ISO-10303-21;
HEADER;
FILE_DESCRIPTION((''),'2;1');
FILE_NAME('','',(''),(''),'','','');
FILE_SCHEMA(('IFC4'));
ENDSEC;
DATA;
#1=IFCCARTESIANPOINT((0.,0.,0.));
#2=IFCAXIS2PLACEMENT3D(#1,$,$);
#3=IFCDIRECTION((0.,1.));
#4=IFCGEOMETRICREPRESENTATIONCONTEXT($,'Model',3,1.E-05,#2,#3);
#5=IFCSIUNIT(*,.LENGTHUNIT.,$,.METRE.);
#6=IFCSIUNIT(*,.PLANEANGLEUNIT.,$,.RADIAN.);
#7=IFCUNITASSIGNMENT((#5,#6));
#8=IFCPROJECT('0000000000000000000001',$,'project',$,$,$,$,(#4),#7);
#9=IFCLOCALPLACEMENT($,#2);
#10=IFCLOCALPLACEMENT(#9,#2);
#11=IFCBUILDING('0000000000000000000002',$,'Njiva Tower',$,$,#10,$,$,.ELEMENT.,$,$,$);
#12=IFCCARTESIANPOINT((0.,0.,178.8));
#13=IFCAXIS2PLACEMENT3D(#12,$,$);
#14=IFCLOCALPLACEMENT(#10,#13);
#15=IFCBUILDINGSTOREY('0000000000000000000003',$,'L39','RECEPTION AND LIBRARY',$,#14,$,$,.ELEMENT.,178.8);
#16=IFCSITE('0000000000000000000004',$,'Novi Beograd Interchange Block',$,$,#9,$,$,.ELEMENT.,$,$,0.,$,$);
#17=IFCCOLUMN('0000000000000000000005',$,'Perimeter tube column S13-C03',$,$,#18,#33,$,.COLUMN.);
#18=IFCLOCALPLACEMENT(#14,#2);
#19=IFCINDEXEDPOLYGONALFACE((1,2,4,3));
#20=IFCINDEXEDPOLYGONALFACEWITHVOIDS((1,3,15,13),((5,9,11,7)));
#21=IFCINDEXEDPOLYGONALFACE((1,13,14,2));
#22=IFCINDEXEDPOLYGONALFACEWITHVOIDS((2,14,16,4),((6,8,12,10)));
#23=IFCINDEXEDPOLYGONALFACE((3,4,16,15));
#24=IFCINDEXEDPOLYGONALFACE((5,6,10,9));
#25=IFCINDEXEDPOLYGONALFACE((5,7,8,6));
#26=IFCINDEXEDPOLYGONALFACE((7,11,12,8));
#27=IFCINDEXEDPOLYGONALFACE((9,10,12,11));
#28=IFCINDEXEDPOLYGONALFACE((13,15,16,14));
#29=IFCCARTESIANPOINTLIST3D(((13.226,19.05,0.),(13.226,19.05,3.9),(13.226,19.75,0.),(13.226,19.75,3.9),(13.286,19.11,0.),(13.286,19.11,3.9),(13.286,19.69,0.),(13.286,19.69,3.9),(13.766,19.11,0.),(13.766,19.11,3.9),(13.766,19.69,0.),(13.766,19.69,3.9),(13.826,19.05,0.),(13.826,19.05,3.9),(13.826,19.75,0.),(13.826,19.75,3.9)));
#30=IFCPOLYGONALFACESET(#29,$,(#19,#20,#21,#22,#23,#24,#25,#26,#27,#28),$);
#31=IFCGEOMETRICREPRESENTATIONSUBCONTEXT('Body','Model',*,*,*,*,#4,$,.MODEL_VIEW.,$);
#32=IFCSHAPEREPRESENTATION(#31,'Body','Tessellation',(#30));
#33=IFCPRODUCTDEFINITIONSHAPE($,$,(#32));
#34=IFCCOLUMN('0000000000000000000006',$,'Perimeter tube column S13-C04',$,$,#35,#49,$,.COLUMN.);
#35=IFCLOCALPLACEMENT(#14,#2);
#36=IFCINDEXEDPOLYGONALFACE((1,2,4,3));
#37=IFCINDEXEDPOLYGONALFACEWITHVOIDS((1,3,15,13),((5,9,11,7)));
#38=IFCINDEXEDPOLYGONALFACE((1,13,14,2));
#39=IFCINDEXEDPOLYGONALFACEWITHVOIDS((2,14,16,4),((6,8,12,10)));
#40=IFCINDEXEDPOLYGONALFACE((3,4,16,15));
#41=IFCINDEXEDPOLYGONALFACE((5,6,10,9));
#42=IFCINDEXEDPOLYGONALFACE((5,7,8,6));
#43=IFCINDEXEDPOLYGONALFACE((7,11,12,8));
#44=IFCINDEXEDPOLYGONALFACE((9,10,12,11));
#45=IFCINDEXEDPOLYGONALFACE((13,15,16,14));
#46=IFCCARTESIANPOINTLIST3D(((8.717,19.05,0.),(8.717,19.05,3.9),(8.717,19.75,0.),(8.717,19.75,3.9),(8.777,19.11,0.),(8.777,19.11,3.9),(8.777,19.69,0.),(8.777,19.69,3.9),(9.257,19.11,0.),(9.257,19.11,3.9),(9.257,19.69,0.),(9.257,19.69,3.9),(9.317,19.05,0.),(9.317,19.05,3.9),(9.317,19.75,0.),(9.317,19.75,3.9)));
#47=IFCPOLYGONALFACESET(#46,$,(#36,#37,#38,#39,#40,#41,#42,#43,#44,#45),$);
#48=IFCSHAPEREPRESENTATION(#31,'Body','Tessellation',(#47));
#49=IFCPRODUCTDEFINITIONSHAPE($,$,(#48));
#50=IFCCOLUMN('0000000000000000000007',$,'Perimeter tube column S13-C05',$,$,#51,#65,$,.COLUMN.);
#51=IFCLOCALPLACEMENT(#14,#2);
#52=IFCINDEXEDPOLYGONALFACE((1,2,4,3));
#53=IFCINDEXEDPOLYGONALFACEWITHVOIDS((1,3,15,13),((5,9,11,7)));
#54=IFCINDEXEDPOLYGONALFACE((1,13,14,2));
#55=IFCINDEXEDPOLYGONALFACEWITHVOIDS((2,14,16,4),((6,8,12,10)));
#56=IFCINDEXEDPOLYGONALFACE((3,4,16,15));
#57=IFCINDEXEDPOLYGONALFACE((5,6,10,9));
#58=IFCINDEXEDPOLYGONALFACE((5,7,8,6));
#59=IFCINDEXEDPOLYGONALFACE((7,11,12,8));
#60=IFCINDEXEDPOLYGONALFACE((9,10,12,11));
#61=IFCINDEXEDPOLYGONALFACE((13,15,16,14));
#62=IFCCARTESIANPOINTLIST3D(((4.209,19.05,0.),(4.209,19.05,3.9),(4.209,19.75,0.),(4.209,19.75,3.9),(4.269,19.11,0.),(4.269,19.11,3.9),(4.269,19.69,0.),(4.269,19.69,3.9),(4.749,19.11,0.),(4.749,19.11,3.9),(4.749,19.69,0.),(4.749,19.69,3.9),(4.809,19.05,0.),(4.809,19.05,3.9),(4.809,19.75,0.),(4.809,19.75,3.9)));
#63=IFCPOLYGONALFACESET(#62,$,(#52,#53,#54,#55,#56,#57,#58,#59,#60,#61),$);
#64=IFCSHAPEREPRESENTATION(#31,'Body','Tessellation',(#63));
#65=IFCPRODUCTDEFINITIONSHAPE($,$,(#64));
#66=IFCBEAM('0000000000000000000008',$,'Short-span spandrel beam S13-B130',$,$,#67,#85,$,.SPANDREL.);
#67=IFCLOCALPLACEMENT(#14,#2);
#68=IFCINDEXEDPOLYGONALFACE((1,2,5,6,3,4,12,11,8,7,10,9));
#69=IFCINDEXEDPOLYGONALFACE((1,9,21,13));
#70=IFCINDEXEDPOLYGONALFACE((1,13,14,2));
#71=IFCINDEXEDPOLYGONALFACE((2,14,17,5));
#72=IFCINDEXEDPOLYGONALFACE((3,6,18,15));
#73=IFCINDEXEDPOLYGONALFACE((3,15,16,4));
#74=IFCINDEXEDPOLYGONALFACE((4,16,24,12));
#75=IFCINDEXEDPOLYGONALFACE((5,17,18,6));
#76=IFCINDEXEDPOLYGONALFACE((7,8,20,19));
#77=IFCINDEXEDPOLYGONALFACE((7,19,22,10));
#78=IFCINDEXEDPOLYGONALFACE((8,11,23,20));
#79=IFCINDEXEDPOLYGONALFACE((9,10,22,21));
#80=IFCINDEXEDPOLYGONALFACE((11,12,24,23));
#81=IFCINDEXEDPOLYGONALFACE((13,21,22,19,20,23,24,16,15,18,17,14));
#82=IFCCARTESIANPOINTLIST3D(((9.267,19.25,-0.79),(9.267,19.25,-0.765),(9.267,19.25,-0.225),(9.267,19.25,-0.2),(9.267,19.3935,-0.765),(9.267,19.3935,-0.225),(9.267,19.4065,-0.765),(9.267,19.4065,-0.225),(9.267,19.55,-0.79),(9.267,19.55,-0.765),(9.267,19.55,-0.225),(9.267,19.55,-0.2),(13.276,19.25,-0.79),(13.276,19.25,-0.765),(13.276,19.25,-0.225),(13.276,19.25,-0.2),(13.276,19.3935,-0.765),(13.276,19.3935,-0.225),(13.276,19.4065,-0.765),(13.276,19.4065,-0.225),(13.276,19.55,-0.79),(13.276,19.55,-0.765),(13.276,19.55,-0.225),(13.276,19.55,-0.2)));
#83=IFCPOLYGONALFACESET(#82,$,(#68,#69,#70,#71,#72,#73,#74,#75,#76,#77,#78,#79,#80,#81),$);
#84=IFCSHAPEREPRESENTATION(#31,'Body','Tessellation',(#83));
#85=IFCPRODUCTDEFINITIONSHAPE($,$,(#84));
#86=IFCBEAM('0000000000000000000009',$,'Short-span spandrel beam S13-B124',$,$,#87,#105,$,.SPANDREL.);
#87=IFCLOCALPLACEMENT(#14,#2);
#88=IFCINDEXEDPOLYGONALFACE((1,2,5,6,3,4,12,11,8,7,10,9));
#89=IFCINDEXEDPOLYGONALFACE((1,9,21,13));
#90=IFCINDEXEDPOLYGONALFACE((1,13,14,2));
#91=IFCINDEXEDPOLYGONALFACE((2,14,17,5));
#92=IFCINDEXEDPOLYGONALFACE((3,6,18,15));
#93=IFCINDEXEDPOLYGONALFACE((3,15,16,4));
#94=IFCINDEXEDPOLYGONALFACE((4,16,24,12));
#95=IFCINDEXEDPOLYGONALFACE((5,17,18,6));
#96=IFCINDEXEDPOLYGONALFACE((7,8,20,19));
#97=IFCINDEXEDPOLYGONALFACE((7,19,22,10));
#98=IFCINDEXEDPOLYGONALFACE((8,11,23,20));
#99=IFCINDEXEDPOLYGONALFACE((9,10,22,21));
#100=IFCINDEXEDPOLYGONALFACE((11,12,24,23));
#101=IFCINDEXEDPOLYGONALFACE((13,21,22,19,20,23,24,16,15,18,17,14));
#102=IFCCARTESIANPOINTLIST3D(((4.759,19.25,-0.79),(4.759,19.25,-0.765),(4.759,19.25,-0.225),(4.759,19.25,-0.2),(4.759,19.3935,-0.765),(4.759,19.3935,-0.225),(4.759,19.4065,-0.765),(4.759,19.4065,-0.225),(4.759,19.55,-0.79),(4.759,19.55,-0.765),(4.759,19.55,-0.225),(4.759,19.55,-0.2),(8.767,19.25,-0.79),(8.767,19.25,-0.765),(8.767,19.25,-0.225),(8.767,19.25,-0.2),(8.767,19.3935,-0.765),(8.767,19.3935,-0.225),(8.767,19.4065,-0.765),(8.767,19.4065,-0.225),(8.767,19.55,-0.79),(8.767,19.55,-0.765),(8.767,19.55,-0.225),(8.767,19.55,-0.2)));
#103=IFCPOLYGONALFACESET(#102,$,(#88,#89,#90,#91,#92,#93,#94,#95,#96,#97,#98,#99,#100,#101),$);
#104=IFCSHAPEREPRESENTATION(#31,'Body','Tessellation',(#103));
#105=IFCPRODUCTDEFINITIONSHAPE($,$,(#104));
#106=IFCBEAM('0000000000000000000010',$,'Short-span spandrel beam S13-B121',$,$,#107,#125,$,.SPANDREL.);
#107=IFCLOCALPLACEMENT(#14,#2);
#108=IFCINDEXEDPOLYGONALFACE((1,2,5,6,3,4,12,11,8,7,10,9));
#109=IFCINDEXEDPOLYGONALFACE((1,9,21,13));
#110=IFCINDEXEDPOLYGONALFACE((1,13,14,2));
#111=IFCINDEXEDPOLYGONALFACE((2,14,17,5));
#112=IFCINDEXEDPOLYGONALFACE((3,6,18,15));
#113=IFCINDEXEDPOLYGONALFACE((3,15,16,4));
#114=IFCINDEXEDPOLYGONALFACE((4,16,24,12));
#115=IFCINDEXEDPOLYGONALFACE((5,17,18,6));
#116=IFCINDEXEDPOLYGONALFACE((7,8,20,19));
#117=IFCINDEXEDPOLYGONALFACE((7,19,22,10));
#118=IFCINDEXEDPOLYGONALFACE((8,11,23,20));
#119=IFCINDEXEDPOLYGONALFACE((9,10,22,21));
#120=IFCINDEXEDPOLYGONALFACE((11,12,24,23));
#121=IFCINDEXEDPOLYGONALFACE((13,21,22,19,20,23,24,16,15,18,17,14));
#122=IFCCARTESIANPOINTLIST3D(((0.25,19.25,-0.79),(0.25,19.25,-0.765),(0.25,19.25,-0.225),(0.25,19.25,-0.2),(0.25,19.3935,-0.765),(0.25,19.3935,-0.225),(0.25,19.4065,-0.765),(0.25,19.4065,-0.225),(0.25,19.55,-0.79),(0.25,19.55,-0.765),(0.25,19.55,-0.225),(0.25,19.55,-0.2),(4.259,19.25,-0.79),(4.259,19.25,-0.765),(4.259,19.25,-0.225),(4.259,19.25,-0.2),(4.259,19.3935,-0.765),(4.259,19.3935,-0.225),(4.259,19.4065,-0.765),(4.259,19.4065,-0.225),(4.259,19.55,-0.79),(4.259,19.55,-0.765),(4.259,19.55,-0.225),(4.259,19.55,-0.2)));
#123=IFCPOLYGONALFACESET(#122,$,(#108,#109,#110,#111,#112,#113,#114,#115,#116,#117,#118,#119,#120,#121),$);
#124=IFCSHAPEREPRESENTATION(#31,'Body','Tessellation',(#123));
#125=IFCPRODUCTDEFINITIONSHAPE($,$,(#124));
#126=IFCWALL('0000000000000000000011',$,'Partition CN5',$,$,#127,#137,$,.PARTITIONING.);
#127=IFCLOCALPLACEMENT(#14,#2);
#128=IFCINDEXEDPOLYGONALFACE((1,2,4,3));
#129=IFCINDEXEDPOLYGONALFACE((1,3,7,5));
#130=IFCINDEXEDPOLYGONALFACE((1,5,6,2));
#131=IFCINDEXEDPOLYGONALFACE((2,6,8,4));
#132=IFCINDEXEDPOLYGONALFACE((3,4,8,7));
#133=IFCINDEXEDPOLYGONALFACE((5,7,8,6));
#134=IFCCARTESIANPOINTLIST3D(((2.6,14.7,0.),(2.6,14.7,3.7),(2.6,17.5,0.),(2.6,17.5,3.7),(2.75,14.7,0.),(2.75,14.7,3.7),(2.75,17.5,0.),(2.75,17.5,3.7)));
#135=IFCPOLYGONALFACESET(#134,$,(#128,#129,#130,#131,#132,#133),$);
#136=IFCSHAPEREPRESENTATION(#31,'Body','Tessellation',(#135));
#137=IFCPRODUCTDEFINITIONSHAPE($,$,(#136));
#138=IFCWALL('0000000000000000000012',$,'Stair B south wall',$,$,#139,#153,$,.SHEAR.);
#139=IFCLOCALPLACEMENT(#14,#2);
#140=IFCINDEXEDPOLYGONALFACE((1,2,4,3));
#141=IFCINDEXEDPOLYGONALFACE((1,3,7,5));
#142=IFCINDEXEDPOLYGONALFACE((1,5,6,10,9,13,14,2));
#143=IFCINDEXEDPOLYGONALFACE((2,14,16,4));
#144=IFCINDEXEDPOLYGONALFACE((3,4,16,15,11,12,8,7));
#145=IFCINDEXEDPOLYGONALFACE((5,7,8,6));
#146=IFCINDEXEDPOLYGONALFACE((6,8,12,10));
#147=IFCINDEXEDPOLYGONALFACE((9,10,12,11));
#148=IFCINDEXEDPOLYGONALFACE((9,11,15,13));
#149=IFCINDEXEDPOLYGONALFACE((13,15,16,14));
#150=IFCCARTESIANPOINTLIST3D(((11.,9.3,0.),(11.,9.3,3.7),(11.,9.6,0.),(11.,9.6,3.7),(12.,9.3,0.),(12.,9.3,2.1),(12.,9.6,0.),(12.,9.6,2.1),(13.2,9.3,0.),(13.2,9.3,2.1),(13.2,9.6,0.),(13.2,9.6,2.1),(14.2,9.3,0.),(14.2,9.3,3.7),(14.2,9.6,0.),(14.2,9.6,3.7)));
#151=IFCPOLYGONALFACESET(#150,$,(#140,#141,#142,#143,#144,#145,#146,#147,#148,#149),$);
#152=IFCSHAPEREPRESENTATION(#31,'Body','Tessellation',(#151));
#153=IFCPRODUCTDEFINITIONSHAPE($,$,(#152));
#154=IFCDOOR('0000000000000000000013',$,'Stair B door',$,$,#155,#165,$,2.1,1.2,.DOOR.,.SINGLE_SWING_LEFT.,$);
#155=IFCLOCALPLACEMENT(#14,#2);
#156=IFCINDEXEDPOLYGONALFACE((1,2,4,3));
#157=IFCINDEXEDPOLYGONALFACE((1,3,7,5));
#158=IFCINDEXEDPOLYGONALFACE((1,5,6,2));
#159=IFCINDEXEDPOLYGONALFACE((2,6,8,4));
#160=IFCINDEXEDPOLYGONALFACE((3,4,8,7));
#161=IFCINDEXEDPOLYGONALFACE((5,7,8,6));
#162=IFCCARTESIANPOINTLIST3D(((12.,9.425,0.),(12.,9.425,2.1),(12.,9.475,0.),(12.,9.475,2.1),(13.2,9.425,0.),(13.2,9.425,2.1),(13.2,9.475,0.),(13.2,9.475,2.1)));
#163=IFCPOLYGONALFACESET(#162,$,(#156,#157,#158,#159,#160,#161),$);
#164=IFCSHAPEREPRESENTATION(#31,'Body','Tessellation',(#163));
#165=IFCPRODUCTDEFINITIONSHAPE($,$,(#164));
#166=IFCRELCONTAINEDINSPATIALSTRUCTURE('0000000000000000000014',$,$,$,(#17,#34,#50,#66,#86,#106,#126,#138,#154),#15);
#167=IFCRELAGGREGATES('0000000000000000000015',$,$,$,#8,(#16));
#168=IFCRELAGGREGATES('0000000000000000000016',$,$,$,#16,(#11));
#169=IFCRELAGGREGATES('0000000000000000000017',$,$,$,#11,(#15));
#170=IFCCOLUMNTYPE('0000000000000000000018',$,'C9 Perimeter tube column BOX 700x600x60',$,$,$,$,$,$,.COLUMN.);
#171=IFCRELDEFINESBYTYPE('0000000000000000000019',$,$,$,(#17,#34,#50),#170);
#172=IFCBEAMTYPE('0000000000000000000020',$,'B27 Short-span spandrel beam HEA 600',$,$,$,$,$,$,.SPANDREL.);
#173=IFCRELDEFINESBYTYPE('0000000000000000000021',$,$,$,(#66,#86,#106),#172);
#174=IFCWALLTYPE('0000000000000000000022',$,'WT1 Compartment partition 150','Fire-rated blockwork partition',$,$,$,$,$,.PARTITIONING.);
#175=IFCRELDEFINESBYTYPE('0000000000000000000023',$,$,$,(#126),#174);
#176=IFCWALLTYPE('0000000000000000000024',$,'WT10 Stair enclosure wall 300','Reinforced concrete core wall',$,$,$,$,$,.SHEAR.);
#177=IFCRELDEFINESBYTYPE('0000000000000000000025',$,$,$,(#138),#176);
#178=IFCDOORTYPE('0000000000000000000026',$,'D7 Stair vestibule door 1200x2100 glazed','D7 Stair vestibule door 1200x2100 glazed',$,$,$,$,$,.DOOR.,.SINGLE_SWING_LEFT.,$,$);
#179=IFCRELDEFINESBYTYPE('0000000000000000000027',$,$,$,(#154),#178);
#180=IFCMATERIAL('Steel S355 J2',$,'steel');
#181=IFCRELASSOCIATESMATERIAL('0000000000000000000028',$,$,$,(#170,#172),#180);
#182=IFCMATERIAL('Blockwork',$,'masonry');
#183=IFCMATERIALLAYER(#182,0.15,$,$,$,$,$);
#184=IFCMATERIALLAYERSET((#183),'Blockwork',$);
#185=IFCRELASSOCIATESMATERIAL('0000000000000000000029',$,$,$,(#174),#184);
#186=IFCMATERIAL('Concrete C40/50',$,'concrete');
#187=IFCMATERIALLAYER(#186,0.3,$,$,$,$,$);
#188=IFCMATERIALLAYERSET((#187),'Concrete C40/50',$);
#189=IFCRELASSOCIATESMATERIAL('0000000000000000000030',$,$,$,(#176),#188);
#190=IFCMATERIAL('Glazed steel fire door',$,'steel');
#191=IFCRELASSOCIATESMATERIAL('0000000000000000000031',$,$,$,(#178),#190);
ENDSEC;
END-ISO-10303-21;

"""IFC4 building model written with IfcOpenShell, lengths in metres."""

from ifc_helpers import new_model, si_unit, direction, frame, frame_2d, origin, origin_2d, place, context, subcontext, project, spatial, rectangle, hollow_rectangle, i_section, extrude, material, layer, layer_set, material_profile, profile_set, type_object, element, fill, save


model = new_model("IFC4")

# Units and contexts
model_context = context("Model", 3, precision=1e-05, world=origin(), true_north=direction((0.0, 1.0)))
body_context = subcontext(model_context, "Body", "Model", "MODEL_VIEW")
ifc_project = project(units=[si_unit("LENGTHUNIT", "METRE"), si_unit("PLANEANGLEUNIT", "RADIAN")], contexts=[model_context])

# Site, building, storey
site_placement = place(None, origin())
site = spatial("IfcSite", under=ifc_project, at=site_placement, Name="Novi Beograd Interchange Block", CompositionType="ELEMENT", RefElevation=0.0)
building_placement = place(site_placement, origin())
building = spatial("IfcBuilding", under=site, at=building_placement, Name="Njiva Tower", CompositionType="ELEMENT")
storey_placement = place(building_placement, frame((0.0, 0.0, 178.8)))
storey = spatial("IfcBuildingStorey", under=building, at=storey_placement, Name="L39", Description="RECEPTION AND LIBRARY", CompositionType="ELEMENT", Elevation=178.8)

# Columns
ifc_material_1 = material(Name="Steel S355 J2", Category="steel")
ifc_material_profile_1 = material_profile(ifc_material_1, hollow_rectangle(XDim=0.6, YDim=0.7, WallThickness=0.06, at=origin_2d()), Name="BOX 700x600x60")
ifc_profile_set_1 = profile_set([ifc_material_profile_1], Name="Steel S355 J2")
column_type = type_object("IfcColumnType", Name="C9 Perimeter tube column BOX 700x600x60", PredefinedType="COLUMN", material=ifc_profile_set_1)
for number, where, z_axis, x_axis, name in (
    (1, (13.526, 19.4, 0.0), (0.0, 0.0, 1.0), (-1.0, 0.0, 0.0), "Perimeter tube column S13-C03"),
    (2, (9.017, 19.4, 0.0), (0.0, 0.0, 1.0), (-1.0, 0.0, 0.0), "Perimeter tube column S13-C04"),
    (3, (4.509, 19.4, 0.0), (0.0, 0.0, 1.0), (-1.0, 0.0, 0.0), "Perimeter tube column S13-C05"),
):
    element("IfcColumn", number, at=place(storey_placement, frame(where, z_axis=z_axis, x_axis=x_axis)), inside=storey, type_object=column_type, Name=name, PredefinedType="COLUMN", context=body_context, shape_type="SweptSolid", body=[
        extrude(hollow_rectangle(XDim=0.6, YDim=0.7, WallThickness=0.06, at=origin_2d()), origin(), (0.0, 0.0, 1.0), 3.9),
    ])

# Beams
ifc_material_profile_2 = material_profile(ifc_material_1, i_section(OverallWidth=0.3, OverallDepth=0.59, WebThickness=0.013, FlangeThickness=0.025, at=origin_2d()), Name="HEA 600")
ifc_profile_set_2 = profile_set([ifc_material_profile_2], Name="Steel S355 J2")
beam_type = type_object("IfcBeamType", Name="B27 Short-span spandrel beam HEA 600", PredefinedType="SPANDREL", material=ifc_profile_set_2)
beam_1_placement = place(storey_placement, frame((13.276, 19.4, -0.495), z_axis=(-1.0, 0.0, 0.0), x_axis=(0.0, -1.0, 0.0)))
element("IfcBeam", 4, at=beam_1_placement, inside=storey, type_object=beam_type, Name="Short-span spandrel beam S13-B130", PredefinedType="SPANDREL", context=body_context, shape_type="SweptSolid", body=[
    extrude(i_section(OverallWidth=0.3, OverallDepth=0.59, WebThickness=0.013, FlangeThickness=0.025, at=origin_2d()), origin(), (0.0, 0.0, 1.0), 4.009),
])
beam_2_placement = place(storey_placement, frame((8.767, 19.4, -0.495), z_axis=(-1.0, 0.0, 0.0), x_axis=(0.0, -1.0, 0.0)))
element("IfcBeam", 5, at=beam_2_placement, inside=storey, type_object=beam_type, Name="Short-span spandrel beam S13-B124", PredefinedType="SPANDREL", context=body_context, shape_type="SweptSolid", body=[
    extrude(i_section(OverallWidth=0.3, OverallDepth=0.59, WebThickness=0.013, FlangeThickness=0.025, at=origin_2d()), origin(), (0.0, 0.0, 1.0), 4.008),
])
beam_3_placement = place(storey_placement, frame((4.259, 19.4, -0.495), z_axis=(-1.0, 0.0, 0.0), x_axis=(0.0, -1.0, 0.0)))
element("IfcBeam", 6, at=beam_3_placement, inside=storey, type_object=beam_type, Name="Short-span spandrel beam S13-B121", PredefinedType="SPANDREL", context=body_context, shape_type="SweptSolid", body=[
    extrude(i_section(OverallWidth=0.3, OverallDepth=0.59, WebThickness=0.013, FlangeThickness=0.025, at=origin_2d()), origin(), (0.0, 0.0, 1.0), 4.009),
])

# Wall
ifc_material_2 = material(Name="Blockwork", Category="masonry")
ifc_layer_1 = layer(ifc_material_2, 0.15)
ifc_layer_set_1 = layer_set([ifc_layer_1], Name="Blockwork")
wall_type_1 = type_object("IfcWallType", Name="WT1 Compartment partition 150", Description="Fire-rated blockwork partition", PredefinedType="PARTITIONING", material=ifc_layer_set_1)
wall_1_placement = place(storey_placement, frame((2.675, 14.7, 0.0), z_axis=(0.0, 0.0, 1.0), x_axis=(0.0, 1.0, 0.0)))
element("IfcWall", 7, at=wall_1_placement, inside=storey, type_object=wall_type_1, Name="Partition CN5", PredefinedType="PARTITIONING", context=body_context, shape_type="SweptSolid", body=[
    extrude(rectangle(XDim=2.8, YDim=0.15, at=frame_2d((1.4, 0.0))), origin(), (0.0, 0.0, 1.0), 3.7),
])

# Wall, opening, door
ifc_material_3 = material(Name="Concrete C40/50", Category="concrete")
ifc_layer_2 = layer(ifc_material_3, 0.3)
ifc_layer_set_2 = layer_set([ifc_layer_2], Name="Concrete C40/50")
wall_type_2 = type_object("IfcWallType", Name="WT10 Stair enclosure wall 300", Description="Reinforced concrete core wall", PredefinedType="SHEAR", material=ifc_layer_set_2)
wall_2_placement = place(storey_placement, frame((11.0, 9.45, 0.0), z_axis=(0.0, 0.0, 1.0), x_axis=(1.0, 0.0, 0.0)))
wall_2 = element("IfcWall", 8, at=wall_2_placement, inside=storey, type_object=wall_type_2, Name="Stair B south wall", PredefinedType="SHEAR", context=body_context, shape_type="SweptSolid", body=[
    extrude(rectangle(XDim=3.2, YDim=0.3, at=frame_2d((1.6, 0.0))), origin(), (0.0, 0.0, 1.0), 3.7),
])
opening_1_placement = place(wall_2_placement, frame((1.0, 0.0, 0.0)))
opening_1 = element("IfcOpeningElement", 9, at=opening_1_placement, cuts=wall_2, PredefinedType="OPENING", context=body_context, shape_type="SweptSolid", body=[
    extrude(rectangle(XDim=1.2, YDim=2.1, at=frame_2d((0.6, 1.05))), frame((0.0, 0.16, 0.0), z_axis=(0.0, -1.0, 0.0), x_axis=(1.0, 0.0, 0.0)), (0.0, 0.0, 1.0), 0.32),
])
ifc_material_4 = material(Name="Glazed steel fire door", Category="steel")
door_type_1 = type_object("IfcDoorType", Name="D7 Stair vestibule door 1200x2100 glazed", Description="D7 Stair vestibule door 1200x2100 glazed", OperationType="SINGLE_SWING_LEFT", PredefinedType="DOOR", material=ifc_material_4)
door_1_placement = place(opening_1_placement, origin())
door_1 = element("IfcDoor", 10, at=door_1_placement, inside=storey, type_object=door_type_1, Name="Stair B door", OperationType="SINGLE_SWING_LEFT", OverallHeight=2.1, OverallWidth=1.2, PredefinedType="DOOR", context=body_context, shape_type="SweptSolid", body=[
    extrude(rectangle(XDim=1.2, YDim=2.1, at=frame_2d((0.6, 1.05))), frame((0.0, 0.025, 0.0), z_axis=(0.0, -1.0, 0.0), x_axis=(1.0, 0.0, 0.0)), (0.0, 0.0, 1.0), 0.05),
])
fill(opening_1, door_1)

save(model, "model.ifc")
